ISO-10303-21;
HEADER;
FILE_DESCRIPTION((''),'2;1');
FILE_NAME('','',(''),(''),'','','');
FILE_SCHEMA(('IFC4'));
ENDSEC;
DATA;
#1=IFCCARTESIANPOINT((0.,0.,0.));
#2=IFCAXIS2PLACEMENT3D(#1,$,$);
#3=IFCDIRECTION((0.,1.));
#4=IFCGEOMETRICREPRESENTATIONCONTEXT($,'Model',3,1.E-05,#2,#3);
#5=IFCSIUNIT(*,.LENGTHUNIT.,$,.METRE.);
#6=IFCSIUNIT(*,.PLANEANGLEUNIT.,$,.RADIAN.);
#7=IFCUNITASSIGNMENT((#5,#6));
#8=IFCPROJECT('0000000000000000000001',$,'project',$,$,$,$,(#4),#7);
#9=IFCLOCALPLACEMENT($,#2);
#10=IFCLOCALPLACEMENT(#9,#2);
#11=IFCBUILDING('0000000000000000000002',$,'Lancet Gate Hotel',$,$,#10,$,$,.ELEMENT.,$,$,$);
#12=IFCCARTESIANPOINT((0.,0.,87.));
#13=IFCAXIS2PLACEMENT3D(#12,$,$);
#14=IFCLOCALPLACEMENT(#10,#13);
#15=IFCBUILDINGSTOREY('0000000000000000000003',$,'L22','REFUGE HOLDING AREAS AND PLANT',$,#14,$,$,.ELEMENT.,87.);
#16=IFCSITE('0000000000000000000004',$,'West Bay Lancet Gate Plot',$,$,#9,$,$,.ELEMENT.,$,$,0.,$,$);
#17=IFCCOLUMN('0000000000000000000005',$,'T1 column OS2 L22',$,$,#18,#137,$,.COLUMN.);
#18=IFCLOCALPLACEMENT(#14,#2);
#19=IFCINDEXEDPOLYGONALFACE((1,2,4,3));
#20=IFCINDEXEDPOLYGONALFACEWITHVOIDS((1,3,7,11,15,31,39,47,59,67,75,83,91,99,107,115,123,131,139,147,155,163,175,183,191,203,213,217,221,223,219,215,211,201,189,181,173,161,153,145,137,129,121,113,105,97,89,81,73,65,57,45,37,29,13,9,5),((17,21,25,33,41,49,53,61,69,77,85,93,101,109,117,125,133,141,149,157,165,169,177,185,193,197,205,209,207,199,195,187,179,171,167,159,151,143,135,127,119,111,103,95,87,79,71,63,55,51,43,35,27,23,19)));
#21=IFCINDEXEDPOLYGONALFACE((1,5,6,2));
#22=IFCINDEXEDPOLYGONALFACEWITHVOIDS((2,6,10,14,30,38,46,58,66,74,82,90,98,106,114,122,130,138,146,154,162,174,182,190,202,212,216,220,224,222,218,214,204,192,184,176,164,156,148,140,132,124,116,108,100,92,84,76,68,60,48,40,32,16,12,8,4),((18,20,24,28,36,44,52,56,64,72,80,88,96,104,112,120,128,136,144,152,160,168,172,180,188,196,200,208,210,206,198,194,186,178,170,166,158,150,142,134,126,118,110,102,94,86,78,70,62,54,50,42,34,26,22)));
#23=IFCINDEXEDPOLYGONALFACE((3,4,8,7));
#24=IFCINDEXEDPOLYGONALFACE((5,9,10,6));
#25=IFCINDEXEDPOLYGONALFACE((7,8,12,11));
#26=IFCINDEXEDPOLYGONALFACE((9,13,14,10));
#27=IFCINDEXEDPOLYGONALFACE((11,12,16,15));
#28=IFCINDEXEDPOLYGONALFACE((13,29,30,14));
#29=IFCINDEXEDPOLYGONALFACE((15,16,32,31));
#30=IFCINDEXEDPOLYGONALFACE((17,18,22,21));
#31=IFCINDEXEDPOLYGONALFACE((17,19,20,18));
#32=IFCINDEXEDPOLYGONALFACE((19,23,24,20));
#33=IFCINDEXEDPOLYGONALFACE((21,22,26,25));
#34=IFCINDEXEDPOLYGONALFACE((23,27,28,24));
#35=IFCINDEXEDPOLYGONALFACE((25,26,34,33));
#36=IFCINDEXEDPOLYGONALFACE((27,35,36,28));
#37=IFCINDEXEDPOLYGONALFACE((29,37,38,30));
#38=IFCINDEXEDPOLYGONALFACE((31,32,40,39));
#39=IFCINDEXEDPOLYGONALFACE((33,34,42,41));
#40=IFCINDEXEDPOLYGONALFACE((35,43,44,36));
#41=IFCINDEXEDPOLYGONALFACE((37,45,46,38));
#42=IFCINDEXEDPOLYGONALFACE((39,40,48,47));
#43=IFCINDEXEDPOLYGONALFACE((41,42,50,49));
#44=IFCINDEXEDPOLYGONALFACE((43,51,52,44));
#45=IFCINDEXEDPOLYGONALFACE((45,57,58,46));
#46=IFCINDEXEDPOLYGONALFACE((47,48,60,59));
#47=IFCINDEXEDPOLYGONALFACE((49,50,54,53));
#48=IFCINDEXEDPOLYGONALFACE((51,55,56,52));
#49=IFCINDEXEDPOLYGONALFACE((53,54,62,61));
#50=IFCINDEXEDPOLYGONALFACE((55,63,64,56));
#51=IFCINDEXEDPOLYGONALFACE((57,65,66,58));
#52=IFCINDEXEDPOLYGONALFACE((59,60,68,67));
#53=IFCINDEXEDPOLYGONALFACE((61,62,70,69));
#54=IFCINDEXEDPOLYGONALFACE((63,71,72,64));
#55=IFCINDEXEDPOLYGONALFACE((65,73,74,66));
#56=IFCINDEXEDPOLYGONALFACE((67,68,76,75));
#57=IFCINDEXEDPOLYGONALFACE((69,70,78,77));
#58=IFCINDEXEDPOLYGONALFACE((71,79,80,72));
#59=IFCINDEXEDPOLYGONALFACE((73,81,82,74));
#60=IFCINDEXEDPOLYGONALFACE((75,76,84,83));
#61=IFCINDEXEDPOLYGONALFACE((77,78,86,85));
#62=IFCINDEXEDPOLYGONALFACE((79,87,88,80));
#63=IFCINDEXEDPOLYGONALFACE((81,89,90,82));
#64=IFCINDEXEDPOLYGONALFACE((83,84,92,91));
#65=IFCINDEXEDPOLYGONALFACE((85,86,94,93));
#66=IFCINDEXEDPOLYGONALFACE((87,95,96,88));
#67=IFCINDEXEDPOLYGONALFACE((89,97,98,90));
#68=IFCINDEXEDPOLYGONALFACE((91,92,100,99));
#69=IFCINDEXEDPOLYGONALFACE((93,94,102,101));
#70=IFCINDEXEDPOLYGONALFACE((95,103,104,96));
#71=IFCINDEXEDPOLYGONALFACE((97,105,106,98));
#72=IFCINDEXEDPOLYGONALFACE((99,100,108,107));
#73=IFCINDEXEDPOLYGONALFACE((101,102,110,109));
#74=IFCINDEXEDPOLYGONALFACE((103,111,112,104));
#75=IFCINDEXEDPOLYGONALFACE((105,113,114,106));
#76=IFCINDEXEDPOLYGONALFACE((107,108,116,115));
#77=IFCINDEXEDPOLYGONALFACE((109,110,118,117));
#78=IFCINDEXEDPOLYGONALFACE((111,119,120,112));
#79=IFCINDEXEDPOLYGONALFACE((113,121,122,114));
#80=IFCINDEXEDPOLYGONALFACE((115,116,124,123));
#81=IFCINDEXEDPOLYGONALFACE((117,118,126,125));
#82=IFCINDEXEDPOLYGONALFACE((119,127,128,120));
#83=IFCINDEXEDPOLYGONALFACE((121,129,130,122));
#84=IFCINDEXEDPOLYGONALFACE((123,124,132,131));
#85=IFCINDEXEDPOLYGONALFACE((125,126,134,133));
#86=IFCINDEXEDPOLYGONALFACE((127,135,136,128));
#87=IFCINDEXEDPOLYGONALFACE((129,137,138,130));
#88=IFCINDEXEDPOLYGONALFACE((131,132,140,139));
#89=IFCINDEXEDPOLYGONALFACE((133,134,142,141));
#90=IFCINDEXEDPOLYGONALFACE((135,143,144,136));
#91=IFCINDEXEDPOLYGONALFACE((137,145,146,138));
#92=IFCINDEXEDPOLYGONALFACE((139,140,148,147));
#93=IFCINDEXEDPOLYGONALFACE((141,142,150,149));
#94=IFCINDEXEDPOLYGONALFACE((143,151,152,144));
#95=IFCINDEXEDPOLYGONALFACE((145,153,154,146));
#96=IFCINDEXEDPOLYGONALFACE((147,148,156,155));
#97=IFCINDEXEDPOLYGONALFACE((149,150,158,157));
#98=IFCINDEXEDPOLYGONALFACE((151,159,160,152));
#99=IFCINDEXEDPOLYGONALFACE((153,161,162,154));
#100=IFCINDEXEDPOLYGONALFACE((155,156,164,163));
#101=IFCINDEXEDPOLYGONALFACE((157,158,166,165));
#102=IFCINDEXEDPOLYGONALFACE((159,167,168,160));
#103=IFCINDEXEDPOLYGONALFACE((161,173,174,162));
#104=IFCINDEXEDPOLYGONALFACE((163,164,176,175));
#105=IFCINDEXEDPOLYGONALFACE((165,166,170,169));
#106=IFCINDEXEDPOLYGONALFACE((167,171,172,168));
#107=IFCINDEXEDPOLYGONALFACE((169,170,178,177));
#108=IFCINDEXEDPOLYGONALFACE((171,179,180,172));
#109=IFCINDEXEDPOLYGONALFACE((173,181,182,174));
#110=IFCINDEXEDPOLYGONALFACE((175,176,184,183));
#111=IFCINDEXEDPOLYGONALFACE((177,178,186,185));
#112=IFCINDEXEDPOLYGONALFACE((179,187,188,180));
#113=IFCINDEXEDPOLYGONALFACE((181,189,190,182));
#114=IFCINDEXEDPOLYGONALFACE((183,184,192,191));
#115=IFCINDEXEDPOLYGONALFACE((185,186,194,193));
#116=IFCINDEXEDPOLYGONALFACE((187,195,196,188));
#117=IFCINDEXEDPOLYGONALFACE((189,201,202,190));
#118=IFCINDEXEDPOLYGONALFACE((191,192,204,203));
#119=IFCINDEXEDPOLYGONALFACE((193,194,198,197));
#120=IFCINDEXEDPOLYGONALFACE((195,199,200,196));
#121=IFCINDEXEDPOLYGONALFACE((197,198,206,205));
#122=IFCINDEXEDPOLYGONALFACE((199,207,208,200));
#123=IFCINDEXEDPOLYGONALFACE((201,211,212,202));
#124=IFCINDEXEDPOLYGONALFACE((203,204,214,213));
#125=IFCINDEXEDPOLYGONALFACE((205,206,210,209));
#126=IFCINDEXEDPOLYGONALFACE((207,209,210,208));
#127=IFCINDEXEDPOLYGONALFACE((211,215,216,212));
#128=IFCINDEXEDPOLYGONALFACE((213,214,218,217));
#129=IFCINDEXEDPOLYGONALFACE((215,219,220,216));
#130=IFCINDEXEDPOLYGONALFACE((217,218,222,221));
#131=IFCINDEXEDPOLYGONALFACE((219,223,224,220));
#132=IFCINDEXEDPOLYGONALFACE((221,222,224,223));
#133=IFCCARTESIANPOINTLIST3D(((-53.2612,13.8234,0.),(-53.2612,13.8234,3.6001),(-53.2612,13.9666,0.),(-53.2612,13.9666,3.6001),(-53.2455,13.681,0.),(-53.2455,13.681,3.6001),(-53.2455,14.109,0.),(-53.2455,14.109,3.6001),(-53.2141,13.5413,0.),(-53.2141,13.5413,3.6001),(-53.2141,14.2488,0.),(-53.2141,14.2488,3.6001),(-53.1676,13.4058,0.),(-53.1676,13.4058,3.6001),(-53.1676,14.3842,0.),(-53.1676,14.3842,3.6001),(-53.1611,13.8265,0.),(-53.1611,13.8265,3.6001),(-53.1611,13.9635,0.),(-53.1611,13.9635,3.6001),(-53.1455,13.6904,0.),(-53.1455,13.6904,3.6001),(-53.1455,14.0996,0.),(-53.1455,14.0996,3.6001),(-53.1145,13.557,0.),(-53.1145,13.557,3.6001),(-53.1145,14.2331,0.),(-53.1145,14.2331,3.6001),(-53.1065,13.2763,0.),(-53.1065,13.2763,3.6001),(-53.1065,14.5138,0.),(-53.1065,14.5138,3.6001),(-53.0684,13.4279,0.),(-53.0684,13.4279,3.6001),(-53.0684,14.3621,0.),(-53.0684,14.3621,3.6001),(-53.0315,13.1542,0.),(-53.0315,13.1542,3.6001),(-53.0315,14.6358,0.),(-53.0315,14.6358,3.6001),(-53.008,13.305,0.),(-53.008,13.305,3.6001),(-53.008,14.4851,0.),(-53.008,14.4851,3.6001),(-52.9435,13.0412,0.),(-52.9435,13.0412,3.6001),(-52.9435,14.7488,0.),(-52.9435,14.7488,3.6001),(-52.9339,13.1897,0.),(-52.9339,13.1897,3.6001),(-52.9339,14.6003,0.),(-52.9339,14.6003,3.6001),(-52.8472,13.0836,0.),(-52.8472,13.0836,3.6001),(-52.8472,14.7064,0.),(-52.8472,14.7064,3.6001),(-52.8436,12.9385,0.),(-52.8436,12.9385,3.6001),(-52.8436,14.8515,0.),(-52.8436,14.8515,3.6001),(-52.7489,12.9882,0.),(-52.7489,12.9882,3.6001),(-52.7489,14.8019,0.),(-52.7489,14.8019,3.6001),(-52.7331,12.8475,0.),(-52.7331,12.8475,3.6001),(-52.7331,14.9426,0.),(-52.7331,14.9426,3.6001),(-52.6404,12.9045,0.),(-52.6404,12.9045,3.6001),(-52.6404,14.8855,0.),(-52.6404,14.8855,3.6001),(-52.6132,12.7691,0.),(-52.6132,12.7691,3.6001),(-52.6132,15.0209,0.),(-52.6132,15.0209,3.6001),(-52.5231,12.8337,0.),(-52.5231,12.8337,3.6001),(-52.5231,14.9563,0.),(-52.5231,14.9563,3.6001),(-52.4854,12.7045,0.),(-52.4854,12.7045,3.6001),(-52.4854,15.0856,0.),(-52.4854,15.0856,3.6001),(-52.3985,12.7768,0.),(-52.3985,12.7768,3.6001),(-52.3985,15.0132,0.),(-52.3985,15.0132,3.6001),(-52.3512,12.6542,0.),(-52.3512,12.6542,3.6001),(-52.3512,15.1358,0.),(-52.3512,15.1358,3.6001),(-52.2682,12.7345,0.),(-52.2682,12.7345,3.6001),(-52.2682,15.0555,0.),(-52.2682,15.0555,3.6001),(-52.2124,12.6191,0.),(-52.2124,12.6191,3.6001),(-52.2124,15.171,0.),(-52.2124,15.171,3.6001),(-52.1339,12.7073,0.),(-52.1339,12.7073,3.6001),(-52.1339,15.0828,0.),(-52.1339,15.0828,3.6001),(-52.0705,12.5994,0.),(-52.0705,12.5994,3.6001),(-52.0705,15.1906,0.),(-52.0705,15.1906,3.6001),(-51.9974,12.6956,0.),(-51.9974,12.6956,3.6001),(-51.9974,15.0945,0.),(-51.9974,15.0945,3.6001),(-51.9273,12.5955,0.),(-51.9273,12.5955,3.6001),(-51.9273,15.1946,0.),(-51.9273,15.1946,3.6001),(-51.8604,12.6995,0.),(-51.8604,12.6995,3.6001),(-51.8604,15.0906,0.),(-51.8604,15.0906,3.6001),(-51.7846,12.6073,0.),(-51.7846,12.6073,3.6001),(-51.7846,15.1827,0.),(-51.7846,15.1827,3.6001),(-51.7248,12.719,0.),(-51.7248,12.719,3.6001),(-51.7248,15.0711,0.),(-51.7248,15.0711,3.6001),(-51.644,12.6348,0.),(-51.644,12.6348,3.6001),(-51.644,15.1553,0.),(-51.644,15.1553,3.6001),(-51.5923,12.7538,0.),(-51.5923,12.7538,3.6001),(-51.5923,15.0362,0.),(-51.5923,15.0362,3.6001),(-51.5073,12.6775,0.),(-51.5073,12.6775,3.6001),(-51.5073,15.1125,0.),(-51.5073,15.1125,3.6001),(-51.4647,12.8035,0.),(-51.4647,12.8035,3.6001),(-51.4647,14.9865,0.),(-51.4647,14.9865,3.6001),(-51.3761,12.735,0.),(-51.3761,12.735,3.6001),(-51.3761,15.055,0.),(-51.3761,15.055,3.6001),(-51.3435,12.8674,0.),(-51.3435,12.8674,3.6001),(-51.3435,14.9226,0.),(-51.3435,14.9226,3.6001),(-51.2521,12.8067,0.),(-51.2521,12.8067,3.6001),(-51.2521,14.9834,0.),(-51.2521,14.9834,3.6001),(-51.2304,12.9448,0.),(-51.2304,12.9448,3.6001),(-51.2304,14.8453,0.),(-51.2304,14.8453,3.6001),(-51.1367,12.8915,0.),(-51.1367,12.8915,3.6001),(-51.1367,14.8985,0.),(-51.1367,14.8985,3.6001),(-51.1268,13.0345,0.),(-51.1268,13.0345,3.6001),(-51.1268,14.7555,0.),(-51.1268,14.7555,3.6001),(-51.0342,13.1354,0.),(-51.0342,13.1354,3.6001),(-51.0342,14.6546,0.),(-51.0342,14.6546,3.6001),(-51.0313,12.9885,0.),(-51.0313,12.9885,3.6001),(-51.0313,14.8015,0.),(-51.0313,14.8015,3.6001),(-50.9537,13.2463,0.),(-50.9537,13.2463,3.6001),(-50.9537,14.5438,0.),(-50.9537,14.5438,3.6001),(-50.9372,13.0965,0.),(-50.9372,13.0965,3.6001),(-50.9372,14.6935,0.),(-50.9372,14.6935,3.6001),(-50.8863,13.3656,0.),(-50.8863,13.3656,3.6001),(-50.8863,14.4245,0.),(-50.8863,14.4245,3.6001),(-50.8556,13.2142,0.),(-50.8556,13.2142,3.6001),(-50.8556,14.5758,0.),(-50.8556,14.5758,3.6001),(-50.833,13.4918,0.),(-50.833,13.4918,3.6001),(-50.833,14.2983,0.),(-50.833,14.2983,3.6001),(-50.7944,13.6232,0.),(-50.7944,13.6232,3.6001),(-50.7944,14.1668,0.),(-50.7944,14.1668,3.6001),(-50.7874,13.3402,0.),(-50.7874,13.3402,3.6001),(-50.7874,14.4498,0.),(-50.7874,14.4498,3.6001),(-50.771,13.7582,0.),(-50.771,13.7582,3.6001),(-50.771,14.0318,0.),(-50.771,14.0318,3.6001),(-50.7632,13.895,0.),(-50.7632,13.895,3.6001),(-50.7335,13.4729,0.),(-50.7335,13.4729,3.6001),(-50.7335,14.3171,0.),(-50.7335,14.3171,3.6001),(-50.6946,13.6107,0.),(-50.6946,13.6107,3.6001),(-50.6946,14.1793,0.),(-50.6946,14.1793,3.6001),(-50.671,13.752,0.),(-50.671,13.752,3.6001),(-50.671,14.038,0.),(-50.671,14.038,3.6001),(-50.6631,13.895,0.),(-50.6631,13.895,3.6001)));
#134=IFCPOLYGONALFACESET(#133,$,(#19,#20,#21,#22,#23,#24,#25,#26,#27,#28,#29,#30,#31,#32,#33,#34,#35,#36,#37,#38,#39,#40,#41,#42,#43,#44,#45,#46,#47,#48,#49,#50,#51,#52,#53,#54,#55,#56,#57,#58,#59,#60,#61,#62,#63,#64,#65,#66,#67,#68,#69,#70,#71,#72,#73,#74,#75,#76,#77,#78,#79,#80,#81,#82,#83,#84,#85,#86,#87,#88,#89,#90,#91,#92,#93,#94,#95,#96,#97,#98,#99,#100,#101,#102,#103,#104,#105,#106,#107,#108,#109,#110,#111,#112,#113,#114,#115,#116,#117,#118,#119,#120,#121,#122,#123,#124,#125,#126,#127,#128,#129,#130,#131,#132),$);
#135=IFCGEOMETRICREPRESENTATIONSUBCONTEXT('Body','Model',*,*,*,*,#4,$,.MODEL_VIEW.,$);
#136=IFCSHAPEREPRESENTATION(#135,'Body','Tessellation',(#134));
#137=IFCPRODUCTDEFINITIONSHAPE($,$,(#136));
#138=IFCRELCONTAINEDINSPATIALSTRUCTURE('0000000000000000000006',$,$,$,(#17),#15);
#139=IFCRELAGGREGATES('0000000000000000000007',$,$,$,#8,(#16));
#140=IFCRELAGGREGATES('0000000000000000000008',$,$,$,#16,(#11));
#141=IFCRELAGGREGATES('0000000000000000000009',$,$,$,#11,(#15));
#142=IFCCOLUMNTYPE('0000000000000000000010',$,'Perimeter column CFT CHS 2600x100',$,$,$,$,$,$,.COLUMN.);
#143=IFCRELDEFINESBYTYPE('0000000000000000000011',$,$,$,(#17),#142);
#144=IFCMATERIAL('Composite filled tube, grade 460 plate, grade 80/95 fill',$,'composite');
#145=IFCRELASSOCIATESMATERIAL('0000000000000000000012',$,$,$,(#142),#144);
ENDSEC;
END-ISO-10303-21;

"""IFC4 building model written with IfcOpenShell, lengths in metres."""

from ifc_helpers import new_model, si_unit, direction, frame, origin, origin_2d, place, context, subcontext, project, spatial, hollow_circle, extrude, material, material_profile, profile_set, type_object, element, save


model = new_model("IFC4")

# Units and contexts
model_context = context("Model", 3, precision=1e-05, world=origin(), true_north=direction((0.0, 1.0)))
body_context = subcontext(model_context, "Body", "Model", "MODEL_VIEW")
ifc_project = project(units=[si_unit("LENGTHUNIT", "METRE"), si_unit("PLANEANGLEUNIT", "RADIAN")], contexts=[model_context])

# Site, building, storey
site_placement = place(None, origin())
site = spatial("IfcSite", under=ifc_project, at=site_placement, Name="West Bay Lancet Gate Plot", CompositionType="ELEMENT", RefElevation=0.0)
building_placement = place(site_placement, origin())
building = spatial("IfcBuilding", under=site, at=building_placement, Name="Lancet Gate Hotel", CompositionType="ELEMENT")
storey_placement = place(building_placement, frame((0.0, 0.0, 87.0)))
storey = spatial("IfcBuildingStorey", under=building, at=storey_placement, Name="L22", Description="REFUGE HOLDING AREAS AND PLANT", CompositionType="ELEMENT", Elevation=87.0)

# Column
ifc_material_1 = material(Name="Composite filled tube, grade 460 plate, grade 80/95 fill", Category="composite")
ifc_material_profile_1 = material_profile(ifc_material_1, hollow_circle(Radius=1.3, WallThickness=0.1001, at=origin_2d()), Name="CHS 2600x100")
ifc_profile_set_1 = profile_set([ifc_material_profile_1], Name="Composite filled tube, grade 460 plate, grade 80/95 fill")
column_type = type_object("IfcColumnType", Name="Perimeter column CFT CHS 2600x100", PredefinedType="COLUMN", material=ifc_profile_set_1)
for number, where, z_axis, x_axis, name in (
    (1, (-51.9631, 13.895, 0.0), (0.0, 0.0, 1.0), (1.0, 0.0, 0.0), "T1 column OS2 L22"),
):
    element("IfcColumn", number, at=place(storey_placement, frame(where, z_axis=z_axis, x_axis=x_axis)), inside=storey, type_object=column_type, Name=name, PredefinedType="COLUMN", context=body_context, shape_type="SweptSolid", body=[
        extrude(hollow_circle(Radius=1.3, WallThickness=0.1001, at=origin_2d()), origin(), (0.0, 0.0, 1.0), 3.6001),
    ])

save(model, "model.ifc")
